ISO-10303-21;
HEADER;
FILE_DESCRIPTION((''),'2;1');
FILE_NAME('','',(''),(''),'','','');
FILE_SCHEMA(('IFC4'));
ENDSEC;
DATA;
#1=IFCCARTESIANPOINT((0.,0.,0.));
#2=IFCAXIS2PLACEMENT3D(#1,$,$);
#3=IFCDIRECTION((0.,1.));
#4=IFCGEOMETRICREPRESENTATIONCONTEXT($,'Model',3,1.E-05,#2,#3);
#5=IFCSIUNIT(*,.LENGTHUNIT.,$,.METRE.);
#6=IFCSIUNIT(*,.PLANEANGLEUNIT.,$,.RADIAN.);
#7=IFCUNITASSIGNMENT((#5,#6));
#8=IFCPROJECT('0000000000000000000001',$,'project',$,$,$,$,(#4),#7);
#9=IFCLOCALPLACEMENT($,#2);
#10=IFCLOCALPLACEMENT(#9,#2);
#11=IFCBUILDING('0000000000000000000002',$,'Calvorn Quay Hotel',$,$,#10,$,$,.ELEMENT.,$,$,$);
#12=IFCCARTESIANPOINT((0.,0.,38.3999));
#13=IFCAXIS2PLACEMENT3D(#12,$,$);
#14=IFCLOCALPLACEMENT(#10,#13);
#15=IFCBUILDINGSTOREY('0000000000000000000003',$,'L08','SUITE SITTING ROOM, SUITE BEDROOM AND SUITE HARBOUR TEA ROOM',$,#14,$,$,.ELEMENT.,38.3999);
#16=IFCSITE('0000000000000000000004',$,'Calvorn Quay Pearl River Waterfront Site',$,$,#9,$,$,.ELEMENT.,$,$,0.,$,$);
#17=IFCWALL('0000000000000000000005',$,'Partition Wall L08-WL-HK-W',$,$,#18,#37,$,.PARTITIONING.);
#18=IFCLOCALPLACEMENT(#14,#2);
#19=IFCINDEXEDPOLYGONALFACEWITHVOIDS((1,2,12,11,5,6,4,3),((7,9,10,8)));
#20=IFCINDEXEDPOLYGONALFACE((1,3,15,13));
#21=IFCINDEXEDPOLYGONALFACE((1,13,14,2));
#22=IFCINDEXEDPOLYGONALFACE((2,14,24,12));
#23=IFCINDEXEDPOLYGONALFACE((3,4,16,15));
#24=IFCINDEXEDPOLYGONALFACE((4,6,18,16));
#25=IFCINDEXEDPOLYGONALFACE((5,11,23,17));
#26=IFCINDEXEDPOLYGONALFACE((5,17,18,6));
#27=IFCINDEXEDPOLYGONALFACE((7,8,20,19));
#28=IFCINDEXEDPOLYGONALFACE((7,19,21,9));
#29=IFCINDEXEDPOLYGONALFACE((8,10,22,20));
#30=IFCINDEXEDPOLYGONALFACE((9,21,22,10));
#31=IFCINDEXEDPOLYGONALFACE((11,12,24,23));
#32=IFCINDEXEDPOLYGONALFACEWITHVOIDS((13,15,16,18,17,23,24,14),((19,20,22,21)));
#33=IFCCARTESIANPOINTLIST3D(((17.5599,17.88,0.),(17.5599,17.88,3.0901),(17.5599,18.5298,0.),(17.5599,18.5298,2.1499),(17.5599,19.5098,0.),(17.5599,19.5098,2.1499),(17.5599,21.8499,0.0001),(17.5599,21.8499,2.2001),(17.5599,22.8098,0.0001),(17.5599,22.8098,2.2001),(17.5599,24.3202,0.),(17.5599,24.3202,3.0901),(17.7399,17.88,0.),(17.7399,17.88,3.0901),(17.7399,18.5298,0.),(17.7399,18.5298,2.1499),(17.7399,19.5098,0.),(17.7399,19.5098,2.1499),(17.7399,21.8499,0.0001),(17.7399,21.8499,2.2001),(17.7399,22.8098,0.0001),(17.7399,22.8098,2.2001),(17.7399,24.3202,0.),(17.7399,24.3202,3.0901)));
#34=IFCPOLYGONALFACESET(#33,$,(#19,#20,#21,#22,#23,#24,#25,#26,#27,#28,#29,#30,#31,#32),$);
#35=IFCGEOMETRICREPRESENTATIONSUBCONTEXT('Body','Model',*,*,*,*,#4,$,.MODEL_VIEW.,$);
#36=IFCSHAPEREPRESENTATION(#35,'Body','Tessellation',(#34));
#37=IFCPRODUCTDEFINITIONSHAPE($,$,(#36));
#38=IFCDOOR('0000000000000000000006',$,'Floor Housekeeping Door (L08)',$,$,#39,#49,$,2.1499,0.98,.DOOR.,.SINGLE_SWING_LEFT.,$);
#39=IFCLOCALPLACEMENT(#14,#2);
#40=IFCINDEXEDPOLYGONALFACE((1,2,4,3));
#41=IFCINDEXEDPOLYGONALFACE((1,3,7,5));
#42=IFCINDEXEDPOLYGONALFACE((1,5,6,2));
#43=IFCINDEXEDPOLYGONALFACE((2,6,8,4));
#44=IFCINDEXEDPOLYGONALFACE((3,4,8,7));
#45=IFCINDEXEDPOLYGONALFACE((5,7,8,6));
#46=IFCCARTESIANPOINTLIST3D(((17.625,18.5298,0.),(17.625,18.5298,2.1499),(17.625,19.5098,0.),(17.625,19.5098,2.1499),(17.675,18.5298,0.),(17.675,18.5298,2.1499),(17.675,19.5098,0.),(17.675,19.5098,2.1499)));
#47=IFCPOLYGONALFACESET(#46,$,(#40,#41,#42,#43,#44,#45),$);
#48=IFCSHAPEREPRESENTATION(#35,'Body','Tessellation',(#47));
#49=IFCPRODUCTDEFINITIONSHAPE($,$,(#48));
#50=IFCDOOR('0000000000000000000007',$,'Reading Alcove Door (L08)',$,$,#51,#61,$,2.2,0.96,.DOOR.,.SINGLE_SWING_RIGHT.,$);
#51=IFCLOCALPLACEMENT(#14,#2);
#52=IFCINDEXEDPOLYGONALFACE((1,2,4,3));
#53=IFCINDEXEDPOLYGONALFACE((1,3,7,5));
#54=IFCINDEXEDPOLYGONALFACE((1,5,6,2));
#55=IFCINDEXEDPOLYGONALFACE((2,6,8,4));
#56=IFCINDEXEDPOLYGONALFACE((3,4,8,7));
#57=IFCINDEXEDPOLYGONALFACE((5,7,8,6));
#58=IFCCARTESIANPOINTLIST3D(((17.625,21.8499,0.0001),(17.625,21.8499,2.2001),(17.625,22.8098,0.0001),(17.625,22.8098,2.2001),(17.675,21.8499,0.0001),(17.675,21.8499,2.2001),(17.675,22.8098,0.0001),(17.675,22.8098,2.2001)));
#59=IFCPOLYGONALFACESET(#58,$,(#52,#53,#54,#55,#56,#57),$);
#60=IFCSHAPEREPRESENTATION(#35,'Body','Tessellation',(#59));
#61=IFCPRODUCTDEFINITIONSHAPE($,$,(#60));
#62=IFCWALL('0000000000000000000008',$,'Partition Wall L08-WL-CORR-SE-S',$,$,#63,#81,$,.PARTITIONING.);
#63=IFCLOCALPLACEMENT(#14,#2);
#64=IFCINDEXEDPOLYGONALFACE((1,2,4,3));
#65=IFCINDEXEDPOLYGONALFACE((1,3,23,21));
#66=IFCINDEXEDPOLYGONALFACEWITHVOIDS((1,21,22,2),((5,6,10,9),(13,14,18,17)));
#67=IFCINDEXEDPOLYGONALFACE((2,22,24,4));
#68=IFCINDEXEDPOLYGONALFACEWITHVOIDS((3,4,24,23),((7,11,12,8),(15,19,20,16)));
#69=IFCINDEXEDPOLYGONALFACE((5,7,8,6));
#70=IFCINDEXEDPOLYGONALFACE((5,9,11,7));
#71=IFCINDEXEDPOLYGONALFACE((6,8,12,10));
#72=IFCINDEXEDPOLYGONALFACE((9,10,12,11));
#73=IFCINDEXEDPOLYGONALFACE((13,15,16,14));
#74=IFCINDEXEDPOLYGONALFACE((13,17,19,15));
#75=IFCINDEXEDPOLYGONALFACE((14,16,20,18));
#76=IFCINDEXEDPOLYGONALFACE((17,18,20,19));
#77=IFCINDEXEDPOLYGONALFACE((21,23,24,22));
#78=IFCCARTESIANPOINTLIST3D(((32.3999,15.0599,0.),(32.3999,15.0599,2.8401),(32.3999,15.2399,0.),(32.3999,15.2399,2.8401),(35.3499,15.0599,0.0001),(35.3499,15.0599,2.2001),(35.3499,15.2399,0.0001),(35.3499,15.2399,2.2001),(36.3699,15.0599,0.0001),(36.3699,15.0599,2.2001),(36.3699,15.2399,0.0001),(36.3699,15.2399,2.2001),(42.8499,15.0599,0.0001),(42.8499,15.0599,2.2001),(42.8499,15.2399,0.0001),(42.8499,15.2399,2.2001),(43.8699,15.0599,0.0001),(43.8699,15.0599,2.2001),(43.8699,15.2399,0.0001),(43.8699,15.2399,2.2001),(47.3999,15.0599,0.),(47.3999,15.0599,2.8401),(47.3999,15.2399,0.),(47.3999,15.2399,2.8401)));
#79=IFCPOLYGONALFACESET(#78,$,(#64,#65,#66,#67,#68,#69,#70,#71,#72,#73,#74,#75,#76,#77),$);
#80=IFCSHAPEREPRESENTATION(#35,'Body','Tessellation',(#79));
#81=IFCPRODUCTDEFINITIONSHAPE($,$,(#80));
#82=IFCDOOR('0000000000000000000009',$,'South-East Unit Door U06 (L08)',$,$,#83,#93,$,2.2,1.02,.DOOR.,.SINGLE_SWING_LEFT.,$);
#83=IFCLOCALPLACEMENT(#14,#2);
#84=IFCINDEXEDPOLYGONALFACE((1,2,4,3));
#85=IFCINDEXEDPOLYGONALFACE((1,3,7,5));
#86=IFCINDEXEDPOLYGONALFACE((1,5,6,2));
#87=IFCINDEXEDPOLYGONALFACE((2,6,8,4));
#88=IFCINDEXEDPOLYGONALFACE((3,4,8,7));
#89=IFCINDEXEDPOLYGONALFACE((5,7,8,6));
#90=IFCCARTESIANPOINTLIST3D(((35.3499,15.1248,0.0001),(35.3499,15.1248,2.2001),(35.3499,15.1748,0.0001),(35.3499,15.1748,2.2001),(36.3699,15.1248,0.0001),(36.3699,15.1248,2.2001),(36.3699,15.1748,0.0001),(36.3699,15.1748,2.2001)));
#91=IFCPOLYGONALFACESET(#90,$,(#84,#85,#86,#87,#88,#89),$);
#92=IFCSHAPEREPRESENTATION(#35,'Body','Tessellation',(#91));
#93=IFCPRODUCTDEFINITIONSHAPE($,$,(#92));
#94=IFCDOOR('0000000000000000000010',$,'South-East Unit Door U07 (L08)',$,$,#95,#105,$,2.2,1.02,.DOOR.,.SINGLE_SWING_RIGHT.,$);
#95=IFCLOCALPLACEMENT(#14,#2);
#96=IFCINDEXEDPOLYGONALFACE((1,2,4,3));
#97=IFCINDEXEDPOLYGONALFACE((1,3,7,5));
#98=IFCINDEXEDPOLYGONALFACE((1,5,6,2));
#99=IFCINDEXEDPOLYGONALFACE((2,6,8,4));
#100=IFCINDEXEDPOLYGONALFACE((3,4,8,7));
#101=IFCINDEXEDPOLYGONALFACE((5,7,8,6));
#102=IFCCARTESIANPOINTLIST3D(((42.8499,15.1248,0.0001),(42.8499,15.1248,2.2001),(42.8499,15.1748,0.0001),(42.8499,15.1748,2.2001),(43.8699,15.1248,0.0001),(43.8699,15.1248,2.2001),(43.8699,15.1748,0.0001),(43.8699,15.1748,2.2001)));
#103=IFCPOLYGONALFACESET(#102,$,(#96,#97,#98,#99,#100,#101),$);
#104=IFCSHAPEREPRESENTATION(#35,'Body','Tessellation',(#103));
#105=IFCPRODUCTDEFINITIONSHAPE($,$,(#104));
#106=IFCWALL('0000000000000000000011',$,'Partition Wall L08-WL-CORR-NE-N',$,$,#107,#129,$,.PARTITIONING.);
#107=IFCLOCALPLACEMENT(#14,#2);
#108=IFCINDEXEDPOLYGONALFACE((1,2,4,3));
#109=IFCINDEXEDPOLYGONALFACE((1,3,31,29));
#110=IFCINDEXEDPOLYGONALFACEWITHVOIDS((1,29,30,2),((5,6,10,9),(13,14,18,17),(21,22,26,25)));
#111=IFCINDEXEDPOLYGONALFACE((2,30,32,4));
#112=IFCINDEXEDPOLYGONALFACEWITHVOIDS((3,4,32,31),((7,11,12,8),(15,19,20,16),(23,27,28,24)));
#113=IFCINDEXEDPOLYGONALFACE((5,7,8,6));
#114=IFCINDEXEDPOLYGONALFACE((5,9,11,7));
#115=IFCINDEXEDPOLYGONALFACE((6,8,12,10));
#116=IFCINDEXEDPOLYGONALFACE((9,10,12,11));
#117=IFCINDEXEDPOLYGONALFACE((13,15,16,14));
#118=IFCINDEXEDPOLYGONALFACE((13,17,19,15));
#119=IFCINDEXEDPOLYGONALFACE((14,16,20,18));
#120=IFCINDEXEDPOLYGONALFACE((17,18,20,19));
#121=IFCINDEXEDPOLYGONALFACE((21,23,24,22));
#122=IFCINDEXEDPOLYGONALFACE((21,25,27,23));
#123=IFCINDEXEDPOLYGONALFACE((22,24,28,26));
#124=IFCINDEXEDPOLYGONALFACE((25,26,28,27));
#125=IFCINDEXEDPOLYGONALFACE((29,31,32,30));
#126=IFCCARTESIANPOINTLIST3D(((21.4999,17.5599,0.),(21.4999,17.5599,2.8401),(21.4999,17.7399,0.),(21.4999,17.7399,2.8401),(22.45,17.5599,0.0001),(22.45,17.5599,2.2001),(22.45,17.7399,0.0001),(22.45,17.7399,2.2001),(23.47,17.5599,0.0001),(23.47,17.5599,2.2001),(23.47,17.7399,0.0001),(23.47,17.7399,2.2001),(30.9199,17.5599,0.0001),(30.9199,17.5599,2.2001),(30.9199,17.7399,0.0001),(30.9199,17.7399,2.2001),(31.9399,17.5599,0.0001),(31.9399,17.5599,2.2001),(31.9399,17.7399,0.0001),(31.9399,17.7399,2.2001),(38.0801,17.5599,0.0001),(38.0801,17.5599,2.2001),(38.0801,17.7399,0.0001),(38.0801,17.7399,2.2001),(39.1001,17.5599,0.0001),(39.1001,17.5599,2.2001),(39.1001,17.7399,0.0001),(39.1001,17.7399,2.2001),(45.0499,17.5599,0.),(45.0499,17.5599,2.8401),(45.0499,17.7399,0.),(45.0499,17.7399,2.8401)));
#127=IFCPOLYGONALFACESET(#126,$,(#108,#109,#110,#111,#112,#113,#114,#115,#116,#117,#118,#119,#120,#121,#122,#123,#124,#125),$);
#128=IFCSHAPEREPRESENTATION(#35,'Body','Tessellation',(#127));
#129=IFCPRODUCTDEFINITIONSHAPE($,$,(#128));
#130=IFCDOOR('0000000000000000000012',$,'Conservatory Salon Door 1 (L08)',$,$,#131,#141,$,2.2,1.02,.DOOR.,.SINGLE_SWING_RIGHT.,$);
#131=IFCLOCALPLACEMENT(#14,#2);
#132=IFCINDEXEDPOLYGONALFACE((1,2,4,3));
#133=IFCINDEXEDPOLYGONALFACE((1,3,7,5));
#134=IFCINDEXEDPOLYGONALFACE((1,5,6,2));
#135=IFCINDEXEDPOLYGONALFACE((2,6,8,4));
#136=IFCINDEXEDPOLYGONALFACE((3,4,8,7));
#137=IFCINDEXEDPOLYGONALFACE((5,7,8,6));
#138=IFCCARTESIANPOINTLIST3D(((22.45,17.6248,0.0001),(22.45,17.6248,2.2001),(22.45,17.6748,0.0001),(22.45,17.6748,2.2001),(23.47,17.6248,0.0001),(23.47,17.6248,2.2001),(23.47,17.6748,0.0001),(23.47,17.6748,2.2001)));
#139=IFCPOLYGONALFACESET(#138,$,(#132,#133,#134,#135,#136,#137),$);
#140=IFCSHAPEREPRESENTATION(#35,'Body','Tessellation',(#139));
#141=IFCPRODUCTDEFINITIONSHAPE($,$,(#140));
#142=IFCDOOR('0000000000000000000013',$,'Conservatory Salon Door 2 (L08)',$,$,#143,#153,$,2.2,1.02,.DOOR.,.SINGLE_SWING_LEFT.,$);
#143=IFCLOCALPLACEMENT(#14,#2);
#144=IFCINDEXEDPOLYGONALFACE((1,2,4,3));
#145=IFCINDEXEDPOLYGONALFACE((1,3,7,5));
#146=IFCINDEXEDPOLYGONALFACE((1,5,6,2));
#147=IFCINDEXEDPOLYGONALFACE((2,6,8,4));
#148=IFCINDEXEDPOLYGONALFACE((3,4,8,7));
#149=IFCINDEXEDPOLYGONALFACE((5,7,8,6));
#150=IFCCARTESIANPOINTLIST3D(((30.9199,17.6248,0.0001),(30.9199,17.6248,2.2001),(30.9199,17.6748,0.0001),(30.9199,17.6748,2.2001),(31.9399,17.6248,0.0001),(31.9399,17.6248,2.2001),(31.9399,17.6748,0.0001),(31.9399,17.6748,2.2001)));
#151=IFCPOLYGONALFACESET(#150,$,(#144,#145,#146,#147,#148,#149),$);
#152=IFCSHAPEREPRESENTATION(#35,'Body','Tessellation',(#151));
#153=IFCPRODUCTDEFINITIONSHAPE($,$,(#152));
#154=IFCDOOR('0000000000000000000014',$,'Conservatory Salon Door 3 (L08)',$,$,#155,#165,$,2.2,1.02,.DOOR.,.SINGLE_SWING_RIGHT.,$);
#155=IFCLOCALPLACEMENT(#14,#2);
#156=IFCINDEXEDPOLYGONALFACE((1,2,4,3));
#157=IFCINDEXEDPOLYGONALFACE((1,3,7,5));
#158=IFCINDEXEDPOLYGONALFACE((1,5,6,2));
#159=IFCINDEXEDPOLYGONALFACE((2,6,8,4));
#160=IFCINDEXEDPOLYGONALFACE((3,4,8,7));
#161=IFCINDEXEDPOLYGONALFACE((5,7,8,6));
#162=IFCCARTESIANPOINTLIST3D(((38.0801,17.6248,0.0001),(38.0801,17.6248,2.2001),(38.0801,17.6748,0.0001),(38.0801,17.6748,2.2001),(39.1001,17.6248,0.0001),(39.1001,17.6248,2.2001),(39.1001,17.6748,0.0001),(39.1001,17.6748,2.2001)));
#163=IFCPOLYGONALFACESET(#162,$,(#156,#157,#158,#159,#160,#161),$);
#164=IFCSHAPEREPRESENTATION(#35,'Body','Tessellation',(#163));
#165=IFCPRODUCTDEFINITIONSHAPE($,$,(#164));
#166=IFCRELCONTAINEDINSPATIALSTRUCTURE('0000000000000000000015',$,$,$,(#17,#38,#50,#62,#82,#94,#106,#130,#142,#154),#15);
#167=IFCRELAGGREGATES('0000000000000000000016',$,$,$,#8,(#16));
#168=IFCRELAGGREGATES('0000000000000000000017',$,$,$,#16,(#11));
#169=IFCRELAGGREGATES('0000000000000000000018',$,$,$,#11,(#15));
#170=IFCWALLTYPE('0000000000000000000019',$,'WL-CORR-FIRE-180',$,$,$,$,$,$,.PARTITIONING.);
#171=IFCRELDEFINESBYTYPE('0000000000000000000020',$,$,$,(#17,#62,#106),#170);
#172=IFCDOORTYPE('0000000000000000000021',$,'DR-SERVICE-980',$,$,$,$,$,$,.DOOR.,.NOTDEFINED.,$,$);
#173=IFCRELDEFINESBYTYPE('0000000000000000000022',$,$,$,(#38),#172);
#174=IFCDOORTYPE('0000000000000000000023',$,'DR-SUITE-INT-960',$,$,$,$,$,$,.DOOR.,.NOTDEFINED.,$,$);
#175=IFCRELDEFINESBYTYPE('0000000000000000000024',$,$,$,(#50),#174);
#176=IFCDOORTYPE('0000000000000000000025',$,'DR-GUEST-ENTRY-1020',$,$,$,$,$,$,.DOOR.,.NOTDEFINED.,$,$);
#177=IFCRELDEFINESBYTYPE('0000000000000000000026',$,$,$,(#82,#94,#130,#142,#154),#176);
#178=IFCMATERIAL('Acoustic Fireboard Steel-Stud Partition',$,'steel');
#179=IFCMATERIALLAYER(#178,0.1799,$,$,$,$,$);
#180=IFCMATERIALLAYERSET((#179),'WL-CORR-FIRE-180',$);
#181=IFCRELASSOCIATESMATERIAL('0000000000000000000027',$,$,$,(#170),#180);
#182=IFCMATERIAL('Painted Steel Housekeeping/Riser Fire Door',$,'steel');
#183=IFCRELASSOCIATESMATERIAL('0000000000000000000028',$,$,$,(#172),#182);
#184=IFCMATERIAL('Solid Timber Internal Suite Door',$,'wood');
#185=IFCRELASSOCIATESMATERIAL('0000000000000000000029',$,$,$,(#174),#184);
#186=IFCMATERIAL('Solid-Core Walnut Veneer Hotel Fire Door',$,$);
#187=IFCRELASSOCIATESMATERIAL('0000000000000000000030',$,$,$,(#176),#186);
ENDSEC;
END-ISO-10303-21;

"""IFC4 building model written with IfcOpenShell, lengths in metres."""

from ifc_helpers import new_model, si_unit, direction, frame, frame_2d, origin, place, context, subcontext, project, spatial, rectangle, extrude, material, layer, layer_set, type_object, element, fill, save


model = new_model("IFC4")

# Units and contexts
model_context = context("Model", 3, precision=1e-05, world=origin(), true_north=direction((0.0, 1.0)))
body_context = subcontext(model_context, "Body", "Model", "MODEL_VIEW")
ifc_project = project(units=[si_unit("LENGTHUNIT", "METRE"), si_unit("PLANEANGLEUNIT", "RADIAN")], contexts=[model_context])

# Site, building, storey
site_placement = place(None, origin())
site = spatial("IfcSite", under=ifc_project, at=site_placement, Name="Calvorn Quay Pearl River Waterfront Site", CompositionType="ELEMENT", RefElevation=0.0)
building_placement = place(site_placement, origin())
building = spatial("IfcBuilding", under=site, at=building_placement, Name="Calvorn Quay Hotel", CompositionType="ELEMENT")
storey_placement = place(building_placement, frame((0.0, 0.0, 38.3999)))
storey = spatial("IfcBuildingStorey", under=building, at=storey_placement, Name="L08", Description="SUITE SITTING ROOM, SUITE BEDROOM AND SUITE HARBOUR TEA ROOM", CompositionType="ELEMENT", Elevation=38.3999)

# Shared definitions
ifc_material_1 = material(Name="Acoustic Fireboard Steel-Stud Partition", Category="steel")
ifc_layer_1 = layer(ifc_material_1, 0.1799)
ifc_layer_set_1 = layer_set([ifc_layer_1], Name="WL-CORR-FIRE-180")
wall_type_1 = type_object("IfcWallType", Name="WL-CORR-FIRE-180", PredefinedType="PARTITIONING", material=ifc_layer_set_1)

# Walls, openings, doors
wall_1_placement = place(storey_placement, frame((17.6499, 17.8799, 0.0), z_axis=(0.0, 0.0, 1.0), x_axis=(0.0, 1.0, 0.0)))
wall_1 = element("IfcWall", 1, at=wall_1_placement, inside=storey, type_object=wall_type_1, Name="Partition Wall L08-WL-HK-W", PredefinedType="PARTITIONING", context=body_context, shape_type="SweptSolid", body=[
    extrude(rectangle(XDim=6.4402, YDim=0.1799, at=frame_2d((3.2202, 0.0))), origin(), (0.0, 0.0, 1.0), 3.0901),
])
opening_1_placement = place(wall_1_placement, frame((0.6499, 0.0, 0.0)))
opening_1 = element("IfcOpeningElement", 2, at=opening_1_placement, cuts=wall_1, PredefinedType="OPENING", context=body_context, shape_type="SweptSolid", body=[
    extrude(rectangle(XDim=0.98, YDim=2.1499, at=frame_2d((0.49, 1.075))), frame((0.0, 0.0999, 0.0), z_axis=(0.0, -1.0, 0.0), x_axis=(1.0, 0.0, 0.0)), (0.0, 0.0, 1.0), 0.2),
])
opening_2_placement = place(wall_1_placement, frame((3.97, 0.0, 0.0)))
opening_2 = element("IfcOpeningElement", 3, at=opening_2_placement, cuts=wall_1, PredefinedType="OPENING", context=body_context, shape_type="SweptSolid", body=[
    extrude(rectangle(XDim=0.96, YDim=2.2, at=frame_2d((0.48, 1.1001))), frame((0.0, 0.0999, 0.0), z_axis=(0.0, -1.0, 0.0), x_axis=(1.0, 0.0, 0.0)), (0.0, 0.0, 1.0), 0.2),
])
ifc_material_2 = material(Name="Painted Steel Housekeeping/Riser Fire Door", Category="steel")
door_type_1 = type_object("IfcDoorType", Name="DR-SERVICE-980", OperationType="NOTDEFINED", PredefinedType="DOOR", material=ifc_material_2)
door_1_placement = place(opening_1_placement, origin())
door_1 = element("IfcDoor", 4, at=door_1_placement, inside=storey, type_object=door_type_1, Name="Floor Housekeeping Door (L08)", OperationType="SINGLE_SWING_LEFT", OverallHeight=2.1499, OverallWidth=0.98, PredefinedType="DOOR", context=body_context, shape_type="SweptSolid", body=[
    extrude(rectangle(XDim=0.98, YDim=2.1499, at=frame_2d((0.49, 1.075))), frame((0.0, 0.0249, 0.0), z_axis=(0.0, -1.0, 0.0), x_axis=(1.0, 0.0, 0.0)), (0.0, 0.0, 1.0), 0.05),
])
fill(opening_1, door_1)
ifc_material_3 = material(Name="Solid Timber Internal Suite Door", Category="wood")
door_type_2 = type_object("IfcDoorType", Name="DR-SUITE-INT-960", OperationType="NOTDEFINED", PredefinedType="DOOR", material=ifc_material_3)
door_2_placement = place(opening_2_placement, origin())
door_2 = element("IfcDoor", 5, at=door_2_placement, inside=storey, type_object=door_type_2, Name="Reading Alcove Door (L08)", OperationType="SINGLE_SWING_RIGHT", OverallHeight=2.2, OverallWidth=0.96, PredefinedType="DOOR", context=body_context, shape_type="SweptSolid", body=[
    extrude(rectangle(XDim=0.96, YDim=2.2, at=frame_2d((0.48, 1.1001))), frame((0.0, 0.0249, 0.0), z_axis=(0.0, -1.0, 0.0), x_axis=(1.0, 0.0, 0.0)), (0.0, 0.0, 1.0), 0.05),
])
fill(opening_2, door_2)
wall_2_placement = place(storey_placement, frame((32.3999, 15.1499, 0.0), z_axis=(0.0, 0.0, 1.0), x_axis=(1.0, 0.0, 0.0)))
wall_2 = element("IfcWall", 6, at=wall_2_placement, inside=storey, type_object=wall_type_1, Name="Partition Wall L08-WL-CORR-SE-S", PredefinedType="PARTITIONING", context=body_context, shape_type="SweptSolid", body=[
    extrude(rectangle(XDim=15.0, YDim=0.1799, at=frame_2d((7.5, 0.0))), origin(), (0.0, 0.0, 1.0), 2.8401),
])
opening_3_placement = place(wall_2_placement, frame((2.95, 0.0, 0.0)))
opening_3 = element("IfcOpeningElement", 7, at=opening_3_placement, cuts=wall_2, PredefinedType="OPENING", context=body_context, shape_type="SweptSolid", body=[
    extrude(rectangle(XDim=1.02, YDim=2.2, at=frame_2d((0.51, 1.1001))), frame((0.0, 0.0999, 0.0), z_axis=(0.0, -1.0, 0.0), x_axis=(1.0, 0.0, 0.0)), (0.0, 0.0, 1.0), 0.2),
])
opening_4_placement = place(wall_2_placement, frame((10.45, 0.0, 0.0)))
opening_4 = element("IfcOpeningElement", 8, at=opening_4_placement, cuts=wall_2, PredefinedType="OPENING", context=body_context, shape_type="SweptSolid", body=[
    extrude(rectangle(XDim=1.02, YDim=2.2, at=frame_2d((0.51, 1.1001))), frame((0.0, 0.0999, 0.0), z_axis=(0.0, -1.0, 0.0), x_axis=(1.0, 0.0, 0.0)), (0.0, 0.0, 1.0), 0.2),
])
ifc_material_4 = material(Name="Solid-Core Walnut Veneer Hotel Fire Door")
door_type_3 = type_object("IfcDoorType", Name="DR-GUEST-ENTRY-1020", OperationType="NOTDEFINED", PredefinedType="DOOR", material=ifc_material_4)
door_3_placement = place(opening_3_placement, origin())
door_3 = element("IfcDoor", 9, at=door_3_placement, inside=storey, type_object=door_type_3, Name="South-East Unit Door U06 (L08)", OperationType="SINGLE_SWING_LEFT", OverallHeight=2.2, OverallWidth=1.02, PredefinedType="DOOR", context=body_context, shape_type="SweptSolid", body=[
    extrude(rectangle(XDim=1.02, YDim=2.2, at=frame_2d((0.51, 1.1001))), frame((0.0, 0.0249, 0.0), z_axis=(0.0, -1.0, 0.0), x_axis=(1.0, 0.0, 0.0)), (0.0, 0.0, 1.0), 0.05),
])
fill(opening_3, door_3)
door_4_placement = place(opening_4_placement, origin())
door_4 = element("IfcDoor", 10, at=door_4_placement, inside=storey, type_object=door_type_3, Name="South-East Unit Door U07 (L08)", OperationType="SINGLE_SWING_RIGHT", OverallHeight=2.2, OverallWidth=1.02, PredefinedType="DOOR", context=body_context, shape_type="SweptSolid", body=[
    extrude(rectangle(XDim=1.02, YDim=2.2, at=frame_2d((0.51, 1.1001))), frame((0.0, 0.0249, 0.0), z_axis=(0.0, -1.0, 0.0), x_axis=(1.0, 0.0, 0.0)), (0.0, 0.0, 1.0), 0.05),
])
fill(opening_4, door_4)
wall_3_placement = place(storey_placement, frame((21.5, 17.6499, 0.0), z_axis=(0.0, 0.0, 1.0), x_axis=(1.0, 0.0, 0.0)))
wall_3 = element("IfcWall", 11, at=wall_3_placement, inside=storey, type_object=wall_type_1, Name="Partition Wall L08-WL-CORR-NE-N", PredefinedType="PARTITIONING", context=body_context, shape_type="SweptSolid", body=[
    extrude(rectangle(XDim=23.55, YDim=0.1799, at=frame_2d((11.7749, 0.0))), origin(), (0.0, 0.0, 1.0), 2.8401),
])
opening_5_placement = place(wall_3_placement, frame((0.95, 0.0, 0.0)))
opening_5 = element("IfcOpeningElement", 12, at=opening_5_placement, cuts=wall_3, PredefinedType="OPENING", context=body_context, shape_type="SweptSolid", body=[
    extrude(rectangle(XDim=1.02, YDim=2.2, at=frame_2d((0.51, 1.1001))), frame((0.0, 0.0999, 0.0), z_axis=(0.0, -1.0, 0.0), x_axis=(1.0, 0.0, 0.0)), (0.0, 0.0, 1.0), 0.2),
])
opening_6_placement = place(wall_3_placement, frame((9.4199, 0.0, 0.0)))
opening_6 = element("IfcOpeningElement", 13, at=opening_6_placement, cuts=wall_3, PredefinedType="OPENING", context=body_context, shape_type="SweptSolid", body=[
    extrude(rectangle(XDim=1.02, YDim=2.2, at=frame_2d((0.51, 1.1001))), frame((0.0, 0.0999, 0.0), z_axis=(0.0, -1.0, 0.0), x_axis=(1.0, 0.0, 0.0)), (0.0, 0.0, 1.0), 0.2),
])
opening_7_placement = place(wall_3_placement, frame((16.5801, 0.0, 0.0)))
opening_7 = element("IfcOpeningElement", 14, at=opening_7_placement, cuts=wall_3, PredefinedType="OPENING", context=body_context, shape_type="SweptSolid", body=[
    extrude(rectangle(XDim=1.02, YDim=2.2, at=frame_2d((0.51, 1.1001))), frame((0.0, 0.0999, 0.0), z_axis=(0.0, -1.0, 0.0), x_axis=(1.0, 0.0, 0.0)), (0.0, 0.0, 1.0), 0.2),
])
door_5_placement = place(opening_5_placement, origin())
door_5 = element("IfcDoor", 15, at=door_5_placement, inside=storey, type_object=door_type_3, Name="Conservatory Salon Door 1 (L08)", OperationType="SINGLE_SWING_RIGHT", OverallHeight=2.2, OverallWidth=1.02, PredefinedType="DOOR", context=body_context, shape_type="SweptSolid", body=[
    extrude(rectangle(XDim=1.02, YDim=2.2, at=frame_2d((0.51, 1.1001))), frame((0.0, 0.0249, 0.0), z_axis=(0.0, -1.0, 0.0), x_axis=(1.0, 0.0, 0.0)), (0.0, 0.0, 1.0), 0.05),
])
fill(opening_5, door_5)
door_6_placement = place(opening_6_placement, origin())
door_6 = element("IfcDoor", 16, at=door_6_placement, inside=storey, type_object=door_type_3, Name="Conservatory Salon Door 2 (L08)", OperationType="SINGLE_SWING_LEFT", OverallHeight=2.2, OverallWidth=1.02, PredefinedType="DOOR", context=body_context, shape_type="SweptSolid", body=[
    extrude(rectangle(XDim=1.02, YDim=2.2, at=frame_2d((0.51, 1.1001))), frame((0.0, 0.0249, 0.0), z_axis=(0.0, -1.0, 0.0), x_axis=(1.0, 0.0, 0.0)), (0.0, 0.0, 1.0), 0.05),
])
fill(opening_6, door_6)
door_7_placement = place(opening_7_placement, origin())
door_7 = element("IfcDoor", 17, at=door_7_placement, inside=storey, type_object=door_type_3, Name="Conservatory Salon Door 3 (L08)", OperationType="SINGLE_SWING_RIGHT", OverallHeight=2.2, OverallWidth=1.02, PredefinedType="DOOR", context=body_context, shape_type="SweptSolid", body=[
    extrude(rectangle(XDim=1.02, YDim=2.2, at=frame_2d((0.51, 1.1001))), frame((0.0, 0.0249, 0.0), z_axis=(0.0, -1.0, 0.0), x_axis=(1.0, 0.0, 0.0)), (0.0, 0.0, 1.0), 0.05),
])
fill(opening_7, door_7)

save(model, "model.ifc")
